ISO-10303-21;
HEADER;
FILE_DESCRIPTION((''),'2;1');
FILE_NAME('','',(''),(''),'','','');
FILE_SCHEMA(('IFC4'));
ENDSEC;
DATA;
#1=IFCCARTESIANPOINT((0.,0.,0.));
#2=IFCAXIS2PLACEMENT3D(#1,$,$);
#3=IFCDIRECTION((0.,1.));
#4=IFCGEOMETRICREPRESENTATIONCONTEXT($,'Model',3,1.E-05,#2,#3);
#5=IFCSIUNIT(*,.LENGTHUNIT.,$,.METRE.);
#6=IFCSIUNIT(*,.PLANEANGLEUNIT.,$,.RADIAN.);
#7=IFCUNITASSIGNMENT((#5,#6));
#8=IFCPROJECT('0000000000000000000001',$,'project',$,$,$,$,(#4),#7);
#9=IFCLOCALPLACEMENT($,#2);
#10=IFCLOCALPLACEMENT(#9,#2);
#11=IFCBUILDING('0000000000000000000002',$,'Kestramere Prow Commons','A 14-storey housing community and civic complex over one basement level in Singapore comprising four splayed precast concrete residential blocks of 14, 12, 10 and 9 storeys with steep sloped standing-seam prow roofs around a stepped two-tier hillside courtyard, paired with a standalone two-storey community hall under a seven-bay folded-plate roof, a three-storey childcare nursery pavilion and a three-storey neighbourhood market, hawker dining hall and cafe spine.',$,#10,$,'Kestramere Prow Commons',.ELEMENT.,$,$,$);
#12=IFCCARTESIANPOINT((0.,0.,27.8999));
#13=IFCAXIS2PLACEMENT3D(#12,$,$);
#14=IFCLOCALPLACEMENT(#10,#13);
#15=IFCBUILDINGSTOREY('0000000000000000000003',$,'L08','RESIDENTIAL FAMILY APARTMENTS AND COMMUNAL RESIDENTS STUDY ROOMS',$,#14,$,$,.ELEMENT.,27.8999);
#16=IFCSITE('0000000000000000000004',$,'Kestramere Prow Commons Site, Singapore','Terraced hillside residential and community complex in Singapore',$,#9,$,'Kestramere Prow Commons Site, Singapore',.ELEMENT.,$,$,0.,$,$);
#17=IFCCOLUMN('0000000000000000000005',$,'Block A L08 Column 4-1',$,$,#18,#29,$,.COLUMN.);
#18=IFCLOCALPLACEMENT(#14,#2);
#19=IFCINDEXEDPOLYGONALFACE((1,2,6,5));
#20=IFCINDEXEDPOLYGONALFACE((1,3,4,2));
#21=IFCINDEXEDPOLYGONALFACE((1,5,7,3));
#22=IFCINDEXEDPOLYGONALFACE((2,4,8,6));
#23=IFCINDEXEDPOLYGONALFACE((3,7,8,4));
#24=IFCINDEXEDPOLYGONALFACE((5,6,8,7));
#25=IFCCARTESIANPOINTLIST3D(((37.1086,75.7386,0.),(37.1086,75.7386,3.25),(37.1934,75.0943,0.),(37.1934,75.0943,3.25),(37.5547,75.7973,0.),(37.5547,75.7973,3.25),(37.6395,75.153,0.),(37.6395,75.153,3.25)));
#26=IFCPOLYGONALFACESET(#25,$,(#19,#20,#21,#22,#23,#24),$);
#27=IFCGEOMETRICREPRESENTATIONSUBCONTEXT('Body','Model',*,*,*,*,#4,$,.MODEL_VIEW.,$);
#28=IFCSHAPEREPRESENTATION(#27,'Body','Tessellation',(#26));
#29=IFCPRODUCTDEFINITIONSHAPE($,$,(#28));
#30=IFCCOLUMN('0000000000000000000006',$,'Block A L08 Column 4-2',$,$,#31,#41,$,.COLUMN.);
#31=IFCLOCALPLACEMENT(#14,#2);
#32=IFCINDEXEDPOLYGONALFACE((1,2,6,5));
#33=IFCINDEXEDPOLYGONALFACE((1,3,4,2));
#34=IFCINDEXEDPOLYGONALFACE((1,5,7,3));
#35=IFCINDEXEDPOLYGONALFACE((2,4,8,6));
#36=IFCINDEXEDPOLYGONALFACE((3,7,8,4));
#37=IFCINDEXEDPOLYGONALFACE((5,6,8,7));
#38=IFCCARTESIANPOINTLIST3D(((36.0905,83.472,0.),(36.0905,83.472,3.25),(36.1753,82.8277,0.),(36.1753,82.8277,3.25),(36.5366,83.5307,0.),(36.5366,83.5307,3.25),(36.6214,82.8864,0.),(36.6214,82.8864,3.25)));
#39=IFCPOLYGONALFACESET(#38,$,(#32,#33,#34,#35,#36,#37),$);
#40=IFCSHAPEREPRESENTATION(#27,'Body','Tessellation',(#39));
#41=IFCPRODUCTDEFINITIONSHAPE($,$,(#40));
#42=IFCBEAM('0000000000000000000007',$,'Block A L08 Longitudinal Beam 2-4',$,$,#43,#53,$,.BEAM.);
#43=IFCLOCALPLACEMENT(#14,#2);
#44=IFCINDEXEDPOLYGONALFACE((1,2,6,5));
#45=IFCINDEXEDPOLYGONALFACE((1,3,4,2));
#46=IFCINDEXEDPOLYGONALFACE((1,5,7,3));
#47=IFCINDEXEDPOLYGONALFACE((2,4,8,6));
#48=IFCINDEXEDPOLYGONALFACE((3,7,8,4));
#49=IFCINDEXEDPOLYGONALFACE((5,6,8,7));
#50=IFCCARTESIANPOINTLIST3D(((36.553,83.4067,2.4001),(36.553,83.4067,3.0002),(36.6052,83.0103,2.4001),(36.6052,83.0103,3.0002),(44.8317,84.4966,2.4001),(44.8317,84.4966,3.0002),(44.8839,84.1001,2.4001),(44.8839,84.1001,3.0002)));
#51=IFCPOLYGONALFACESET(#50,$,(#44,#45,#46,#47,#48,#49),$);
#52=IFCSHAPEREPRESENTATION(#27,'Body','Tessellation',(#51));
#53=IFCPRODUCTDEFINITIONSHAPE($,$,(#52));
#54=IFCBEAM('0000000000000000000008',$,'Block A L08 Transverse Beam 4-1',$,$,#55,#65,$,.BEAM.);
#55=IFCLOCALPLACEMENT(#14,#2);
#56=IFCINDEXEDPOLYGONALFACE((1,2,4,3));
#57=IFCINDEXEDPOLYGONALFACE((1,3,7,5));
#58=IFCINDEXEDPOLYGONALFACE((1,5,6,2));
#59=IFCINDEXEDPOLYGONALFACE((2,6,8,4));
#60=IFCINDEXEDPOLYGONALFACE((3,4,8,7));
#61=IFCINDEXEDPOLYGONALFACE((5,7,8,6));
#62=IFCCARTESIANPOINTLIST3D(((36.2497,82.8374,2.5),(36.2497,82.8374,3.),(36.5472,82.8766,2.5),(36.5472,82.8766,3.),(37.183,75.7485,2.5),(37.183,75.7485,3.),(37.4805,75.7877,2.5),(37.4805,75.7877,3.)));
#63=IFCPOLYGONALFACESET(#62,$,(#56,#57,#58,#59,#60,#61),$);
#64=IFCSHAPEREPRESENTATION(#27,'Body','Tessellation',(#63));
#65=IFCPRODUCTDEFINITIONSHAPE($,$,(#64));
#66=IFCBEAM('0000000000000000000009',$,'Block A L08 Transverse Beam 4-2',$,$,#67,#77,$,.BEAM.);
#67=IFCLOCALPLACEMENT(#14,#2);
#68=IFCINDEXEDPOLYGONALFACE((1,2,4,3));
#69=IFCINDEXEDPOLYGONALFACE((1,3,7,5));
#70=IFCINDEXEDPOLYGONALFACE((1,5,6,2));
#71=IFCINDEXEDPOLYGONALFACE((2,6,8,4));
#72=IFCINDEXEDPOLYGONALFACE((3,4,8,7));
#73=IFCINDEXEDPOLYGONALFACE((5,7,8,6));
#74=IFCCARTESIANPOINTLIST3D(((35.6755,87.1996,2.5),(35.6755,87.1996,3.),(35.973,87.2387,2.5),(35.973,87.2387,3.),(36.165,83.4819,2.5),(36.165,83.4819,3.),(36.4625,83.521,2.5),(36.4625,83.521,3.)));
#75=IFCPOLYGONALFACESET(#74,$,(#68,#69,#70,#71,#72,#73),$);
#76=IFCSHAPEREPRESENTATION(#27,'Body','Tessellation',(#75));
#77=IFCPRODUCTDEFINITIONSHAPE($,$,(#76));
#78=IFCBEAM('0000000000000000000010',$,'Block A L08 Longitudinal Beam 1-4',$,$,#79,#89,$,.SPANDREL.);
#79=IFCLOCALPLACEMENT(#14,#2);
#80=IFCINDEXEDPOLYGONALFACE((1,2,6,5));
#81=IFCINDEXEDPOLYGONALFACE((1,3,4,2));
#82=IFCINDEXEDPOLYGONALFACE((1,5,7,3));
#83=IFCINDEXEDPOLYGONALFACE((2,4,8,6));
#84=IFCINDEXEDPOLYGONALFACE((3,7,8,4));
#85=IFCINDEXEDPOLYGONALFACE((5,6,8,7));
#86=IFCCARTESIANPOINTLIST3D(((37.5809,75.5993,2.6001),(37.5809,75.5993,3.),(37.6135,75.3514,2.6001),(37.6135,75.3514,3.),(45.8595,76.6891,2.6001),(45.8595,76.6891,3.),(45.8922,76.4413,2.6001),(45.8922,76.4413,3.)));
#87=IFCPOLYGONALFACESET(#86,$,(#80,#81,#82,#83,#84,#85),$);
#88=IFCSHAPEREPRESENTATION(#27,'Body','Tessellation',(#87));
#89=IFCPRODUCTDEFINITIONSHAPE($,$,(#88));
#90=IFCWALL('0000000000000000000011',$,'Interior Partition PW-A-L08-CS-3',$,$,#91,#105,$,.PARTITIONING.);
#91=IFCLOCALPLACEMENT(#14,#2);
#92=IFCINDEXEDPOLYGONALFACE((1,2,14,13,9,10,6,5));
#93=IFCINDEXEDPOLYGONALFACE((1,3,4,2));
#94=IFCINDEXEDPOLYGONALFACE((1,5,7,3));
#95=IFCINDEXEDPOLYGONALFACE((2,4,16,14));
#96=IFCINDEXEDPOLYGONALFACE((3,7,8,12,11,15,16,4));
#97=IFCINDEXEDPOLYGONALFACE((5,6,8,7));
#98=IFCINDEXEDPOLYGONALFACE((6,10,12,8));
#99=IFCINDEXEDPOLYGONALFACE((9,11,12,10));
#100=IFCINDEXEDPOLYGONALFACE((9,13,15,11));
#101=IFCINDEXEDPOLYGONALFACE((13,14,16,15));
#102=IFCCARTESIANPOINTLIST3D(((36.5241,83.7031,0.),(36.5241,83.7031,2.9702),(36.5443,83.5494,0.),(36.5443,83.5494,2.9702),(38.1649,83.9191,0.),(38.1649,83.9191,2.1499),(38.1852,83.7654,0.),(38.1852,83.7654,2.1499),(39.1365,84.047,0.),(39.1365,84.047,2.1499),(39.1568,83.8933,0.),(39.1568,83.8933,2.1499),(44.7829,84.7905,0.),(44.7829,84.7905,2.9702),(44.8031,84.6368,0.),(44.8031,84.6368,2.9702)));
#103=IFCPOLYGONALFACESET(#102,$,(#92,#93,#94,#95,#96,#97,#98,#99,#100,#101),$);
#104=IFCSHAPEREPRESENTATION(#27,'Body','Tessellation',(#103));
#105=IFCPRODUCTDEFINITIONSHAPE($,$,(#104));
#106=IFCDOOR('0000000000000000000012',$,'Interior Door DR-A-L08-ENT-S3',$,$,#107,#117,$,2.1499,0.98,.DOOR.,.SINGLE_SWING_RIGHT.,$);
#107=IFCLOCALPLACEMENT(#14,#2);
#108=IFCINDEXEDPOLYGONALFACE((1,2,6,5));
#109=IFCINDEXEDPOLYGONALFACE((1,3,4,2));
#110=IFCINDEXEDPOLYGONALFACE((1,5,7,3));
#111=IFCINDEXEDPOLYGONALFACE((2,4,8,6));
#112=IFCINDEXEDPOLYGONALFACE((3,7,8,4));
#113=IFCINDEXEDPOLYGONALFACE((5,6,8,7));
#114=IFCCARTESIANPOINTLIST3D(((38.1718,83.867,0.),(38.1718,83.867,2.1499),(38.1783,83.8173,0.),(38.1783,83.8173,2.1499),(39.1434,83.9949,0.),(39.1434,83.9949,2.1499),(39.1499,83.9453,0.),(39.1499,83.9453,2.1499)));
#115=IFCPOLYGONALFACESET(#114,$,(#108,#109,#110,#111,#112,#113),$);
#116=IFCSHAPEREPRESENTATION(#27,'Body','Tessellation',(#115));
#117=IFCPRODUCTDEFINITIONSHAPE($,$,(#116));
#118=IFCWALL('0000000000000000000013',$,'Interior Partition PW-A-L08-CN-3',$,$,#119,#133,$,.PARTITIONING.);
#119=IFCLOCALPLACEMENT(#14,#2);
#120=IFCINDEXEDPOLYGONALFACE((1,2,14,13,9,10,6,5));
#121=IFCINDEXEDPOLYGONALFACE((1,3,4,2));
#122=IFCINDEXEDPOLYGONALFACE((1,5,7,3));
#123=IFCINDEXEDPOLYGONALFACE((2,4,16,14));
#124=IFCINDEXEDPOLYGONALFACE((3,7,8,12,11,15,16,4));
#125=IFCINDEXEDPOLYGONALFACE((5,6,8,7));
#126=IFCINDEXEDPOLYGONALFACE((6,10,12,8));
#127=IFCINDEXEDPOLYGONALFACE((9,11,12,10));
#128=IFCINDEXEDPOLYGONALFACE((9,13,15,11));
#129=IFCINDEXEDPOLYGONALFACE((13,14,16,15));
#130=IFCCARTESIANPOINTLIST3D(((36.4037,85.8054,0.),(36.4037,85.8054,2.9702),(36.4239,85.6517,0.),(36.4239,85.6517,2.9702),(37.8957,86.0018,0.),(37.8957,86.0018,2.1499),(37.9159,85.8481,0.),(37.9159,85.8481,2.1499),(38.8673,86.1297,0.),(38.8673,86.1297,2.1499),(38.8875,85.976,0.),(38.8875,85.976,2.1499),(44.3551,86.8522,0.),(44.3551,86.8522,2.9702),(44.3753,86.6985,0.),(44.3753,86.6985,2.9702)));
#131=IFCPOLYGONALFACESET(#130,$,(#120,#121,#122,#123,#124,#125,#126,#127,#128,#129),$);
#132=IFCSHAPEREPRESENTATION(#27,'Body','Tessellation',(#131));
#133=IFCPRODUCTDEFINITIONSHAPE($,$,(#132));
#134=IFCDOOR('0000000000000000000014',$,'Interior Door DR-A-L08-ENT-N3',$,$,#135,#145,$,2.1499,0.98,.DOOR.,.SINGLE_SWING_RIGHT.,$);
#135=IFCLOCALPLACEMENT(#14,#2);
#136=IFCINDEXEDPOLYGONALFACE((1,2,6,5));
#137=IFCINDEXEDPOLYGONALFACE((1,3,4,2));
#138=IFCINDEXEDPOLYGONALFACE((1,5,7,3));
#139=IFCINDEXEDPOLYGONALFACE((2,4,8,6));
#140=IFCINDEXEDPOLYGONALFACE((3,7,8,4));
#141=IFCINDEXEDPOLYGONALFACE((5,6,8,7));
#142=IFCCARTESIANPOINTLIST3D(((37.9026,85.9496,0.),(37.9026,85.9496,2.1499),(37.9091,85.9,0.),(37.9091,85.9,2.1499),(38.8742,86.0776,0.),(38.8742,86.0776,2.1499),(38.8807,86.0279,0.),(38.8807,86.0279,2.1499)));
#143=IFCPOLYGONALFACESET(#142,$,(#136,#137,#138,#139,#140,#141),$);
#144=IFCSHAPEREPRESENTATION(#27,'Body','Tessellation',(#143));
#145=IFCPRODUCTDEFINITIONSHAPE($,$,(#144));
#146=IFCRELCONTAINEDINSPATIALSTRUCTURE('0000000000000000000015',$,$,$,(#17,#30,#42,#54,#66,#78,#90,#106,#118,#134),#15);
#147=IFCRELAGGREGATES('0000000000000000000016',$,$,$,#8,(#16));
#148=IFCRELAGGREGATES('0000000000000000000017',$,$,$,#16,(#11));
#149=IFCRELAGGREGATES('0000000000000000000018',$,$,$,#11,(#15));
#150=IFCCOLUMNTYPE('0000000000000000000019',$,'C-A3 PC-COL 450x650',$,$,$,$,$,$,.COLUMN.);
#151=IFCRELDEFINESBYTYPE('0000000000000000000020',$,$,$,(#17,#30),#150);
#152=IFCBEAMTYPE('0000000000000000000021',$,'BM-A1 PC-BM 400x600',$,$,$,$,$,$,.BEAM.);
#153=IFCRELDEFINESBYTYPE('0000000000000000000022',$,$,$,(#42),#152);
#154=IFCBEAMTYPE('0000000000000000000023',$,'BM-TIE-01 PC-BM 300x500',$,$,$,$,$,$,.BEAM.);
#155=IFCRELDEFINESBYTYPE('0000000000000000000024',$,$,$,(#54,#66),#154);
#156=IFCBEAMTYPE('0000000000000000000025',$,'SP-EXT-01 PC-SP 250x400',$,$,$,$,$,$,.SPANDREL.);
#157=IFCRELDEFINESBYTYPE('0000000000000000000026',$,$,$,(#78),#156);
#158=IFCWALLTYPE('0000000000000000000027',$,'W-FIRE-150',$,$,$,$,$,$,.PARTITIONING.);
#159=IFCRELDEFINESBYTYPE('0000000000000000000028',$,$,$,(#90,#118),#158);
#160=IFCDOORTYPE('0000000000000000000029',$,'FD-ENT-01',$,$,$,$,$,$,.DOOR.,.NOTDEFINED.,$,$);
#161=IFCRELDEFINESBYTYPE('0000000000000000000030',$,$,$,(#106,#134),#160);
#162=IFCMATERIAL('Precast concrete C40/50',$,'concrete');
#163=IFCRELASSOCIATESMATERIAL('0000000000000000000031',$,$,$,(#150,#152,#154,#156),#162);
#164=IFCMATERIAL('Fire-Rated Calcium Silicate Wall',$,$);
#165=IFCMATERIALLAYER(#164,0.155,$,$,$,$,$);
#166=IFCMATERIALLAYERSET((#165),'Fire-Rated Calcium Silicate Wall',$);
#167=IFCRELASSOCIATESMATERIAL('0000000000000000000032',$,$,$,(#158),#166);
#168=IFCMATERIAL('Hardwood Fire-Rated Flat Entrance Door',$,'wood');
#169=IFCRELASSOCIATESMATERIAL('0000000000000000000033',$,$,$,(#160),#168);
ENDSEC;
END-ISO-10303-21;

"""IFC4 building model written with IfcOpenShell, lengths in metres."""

from ifc_helpers import new_model, si_unit, direction, frame, frame_2d, origin, origin_2d, place, context, subcontext, project, spatial, rectangle, extrude, material, layer, layer_set, material_profile, profile_set, type_object, element, fill, save


model = new_model("IFC4")

# Units and contexts
model_context = context("Model", 3, precision=1e-05, world=origin(), true_north=direction((0.0, 1.0)))
body_context = subcontext(model_context, "Body", "Model", "MODEL_VIEW")
ifc_project = project(units=[si_unit("LENGTHUNIT", "METRE"), si_unit("PLANEANGLEUNIT", "RADIAN")], contexts=[model_context])

# Site, building, storey
site_placement = place(None, origin())
site = spatial("IfcSite", under=ifc_project, at=site_placement, Name="Kestramere Prow Commons Site, Singapore", Description="Terraced hillside residential and community complex in Singapore", LongName="Kestramere Prow Commons Site, Singapore", CompositionType="ELEMENT", RefElevation=0.0)
building_placement = place(site_placement, origin())
building = spatial("IfcBuilding", under=site, at=building_placement, Name="Kestramere Prow Commons", Description="A 14-storey housing community and civic complex over one basement level in Singapore comprising four splayed precast concrete residential blocks of 14, 12, 10 and 9 storeys with steep sloped standing-seam prow roofs around a stepped two-tier hillside courtyard, paired with a standalone two-storey community hall under a seven-bay folded-plate roof, a three-storey childcare nursery pavilion and a three-storey neighbourhood market, hawker dining hall and cafe spine.", LongName="Kestramere Prow Commons", CompositionType="ELEMENT")
storey_placement = place(building_placement, frame((0.0, 0.0, 27.8999)))
storey = spatial("IfcBuildingStorey", under=building, at=storey_placement, Name="L08", Description="RESIDENTIAL FAMILY APARTMENTS AND COMMUNAL RESIDENTS STUDY ROOMS", CompositionType="ELEMENT", Elevation=27.8999)

# Columns
ifc_material_1 = material(Name="Precast concrete C40/50", Category="concrete")
ifc_material_profile_1 = material_profile(ifc_material_1, rectangle(XDim=0.45, YDim=0.6499, at=origin_2d()), Name="PC-COL 450x650")
ifc_profile_set_1 = profile_set([ifc_material_profile_1], Name="Precast concrete C40/50")
column_type = type_object("IfcColumnType", Name="C-A3 PC-COL 450x650", PredefinedType="COLUMN", material=ifc_profile_set_1)
for number, where, z_axis, x_axis, name in (
    (1, (37.374, 75.4458, 0.0), (0.0, 0.0, 1.0), (0.991445, 0.130526, 0.0), "Block A L08 Column 4-1"),
    (2, (36.356, 83.1792, 0.0), (0.0, 0.0, 1.0), (0.991445, 0.130526, 0.0), "Block A L08 Column 4-2"),
):
    element("IfcColumn", number, at=place(storey_placement, frame(where, z_axis=z_axis, x_axis=x_axis)), inside=storey, type_object=column_type, Name=name, PredefinedType="COLUMN", context=body_context, shape_type="SweptSolid", body=[
        extrude(rectangle(XDim=0.45, YDim=0.6499, at=origin_2d()), origin(), (0.0, 0.0, 1.0), 3.25),
    ])

# Beams
ifc_material_profile_2 = material_profile(ifc_material_1, rectangle(XDim=0.3999, YDim=0.6001, at=origin_2d()), Name="PC-BM 400x600")
ifc_profile_set_2 = profile_set([ifc_material_profile_2], Name="Precast concrete C40/50")
beam_type_1 = type_object("IfcBeamType", Name="BM-A1 PC-BM 400x600", PredefinedType="BEAM", material=ifc_profile_set_2)
beam_1_placement = place(storey_placement, frame((36.5791, 83.2085, 2.7002), z_axis=(0.991446, 0.13052, 0.0), x_axis=(-0.13052, 0.991446, 0.0)))
element("IfcBeam", 3, at=beam_1_placement, inside=storey, type_object=beam_type_1, Name="Block A L08 Longitudinal Beam 2-4", PredefinedType="BEAM", context=body_context, shape_type="SweptSolid", body=[
    extrude(rectangle(XDim=0.3999, YDim=0.6001, at=origin_2d()), origin(), (0.0, 0.0, 1.0), 8.3501),
])
ifc_material_profile_3 = material_profile(ifc_material_1, rectangle(XDim=0.3, YDim=0.5, at=origin_2d()), Name="PC-BM 300x500")
ifc_profile_set_3 = profile_set([ifc_material_profile_3], Name="Precast concrete C40/50")
beam_type_2 = type_object("IfcBeamType", Name="BM-TIE-01 PC-BM 300x500", PredefinedType="BEAM", material=ifc_profile_set_3)
beam_2_placement = place(storey_placement, frame((37.3318, 75.7681, 2.75), z_axis=(-0.130538, 0.991443, 0.0), x_axis=(-0.991443, -0.130538, 0.0)))
element("IfcBeam", 4, at=beam_2_placement, inside=storey, type_object=beam_type_2, Name="Block A L08 Transverse Beam 4-1", PredefinedType="BEAM", context=body_context, shape_type="SweptSolid", body=[
    extrude(rectangle(XDim=0.3, YDim=0.5, at=origin_2d()), origin(), (0.0, 0.0, 1.0), 7.1501),
])
beam_3_placement = place(storey_placement, frame((36.3137, 83.5015, 2.75), z_axis=(-0.130539, 0.991443, 0.0), x_axis=(-0.991443, -0.130539, 0.0)))
element("IfcBeam", 5, at=beam_3_placement, inside=storey, type_object=beam_type_2, Name="Block A L08 Transverse Beam 4-2", PredefinedType="BEAM", context=body_context, shape_type="SweptSolid", body=[
    extrude(rectangle(XDim=0.3, YDim=0.5, at=origin_2d()), origin(), (0.0, 0.0, 1.0), 3.7498),
])
ifc_material_profile_4 = material_profile(ifc_material_1, rectangle(XDim=0.25, YDim=0.3999, at=origin_2d()), Name="PC-SP 250x400")
ifc_profile_set_4 = profile_set([ifc_material_profile_4], Name="Precast concrete C40/50")
beam_type_3 = type_object("IfcBeamType", Name="SP-EXT-01 PC-SP 250x400", PredefinedType="SPANDREL", material=ifc_profile_set_4)
beam_4_placement = place(storey_placement, frame((37.5972, 75.4753, 2.8), z_axis=(0.991446, 0.13052, 0.0), x_axis=(-0.13052, 0.991446, 0.0)))
element("IfcBeam", 6, at=beam_4_placement, inside=storey, type_object=beam_type_3, Name="Block A L08 Longitudinal Beam 1-4", PredefinedType="SPANDREL", context=body_context, shape_type="SweptSolid", body=[
    extrude(rectangle(XDim=0.25, YDim=0.3999, at=origin_2d()), origin(), (0.0, 0.0, 1.0), 8.3501),
])

# Walls, openings, doors
ifc_material_2 = material(Name="Fire-Rated Calcium Silicate Wall")
ifc_layer_1 = layer(ifc_material_2, 0.155)
ifc_layer_set_1 = layer_set([ifc_layer_1], Name="Fire-Rated Calcium Silicate Wall")
wall_type_1 = type_object("IfcWallType", Name="W-FIRE-150", PredefinedType="PARTITIONING", material=ifc_layer_set_1)
wall_1_placement = place(storey_placement, frame((36.5342, 83.6262, 0.0), z_axis=(0.0, 0.0, 1.0), x_axis=(0.991443, 0.130539, 0.0)))
wall_1 = element("IfcWall", 7, at=wall_1_placement, inside=storey, type_object=wall_type_1, Name="Interior Partition PW-A-L08-CS-3", PredefinedType="PARTITIONING", context=body_context, shape_type="SweptSolid", body=[
    extrude(rectangle(XDim=8.3301, YDim=0.155, at=frame_2d((4.165, 0.0))), origin(), (0.0, 0.0, 1.0), 2.9702),
])
opening_1_placement = place(wall_1_placement, frame((1.655, 0.0, 0.0)))
opening_1 = element("IfcOpeningElement", 8, at=opening_1_placement, cuts=wall_1, PredefinedType="OPENING", context=body_context, shape_type="SweptSolid", body=[
    extrude(rectangle(XDim=0.98, YDim=2.1499, at=frame_2d((0.49, 1.075))), frame((0.0, 0.0925, 0.0), z_axis=(0.0, -1.0, 0.0), x_axis=(1.0, 0.0, 0.0)), (0.0, 0.0, 1.0), 0.1851),
])
ifc_material_3 = material(Name="Hardwood Fire-Rated Flat Entrance Door", Category="wood")
door_type_1 = type_object("IfcDoorType", Name="FD-ENT-01", OperationType="NOTDEFINED", PredefinedType="DOOR", material=ifc_material_3)
door_1_placement = place(opening_1_placement, origin())
door_1 = element("IfcDoor", 9, at=door_1_placement, inside=storey, type_object=door_type_1, Name="Interior Door DR-A-L08-ENT-S3", OperationType="SINGLE_SWING_RIGHT", OverallHeight=2.1499, OverallWidth=0.98, PredefinedType="DOOR", context=body_context, shape_type="SweptSolid", body=[
    extrude(rectangle(XDim=0.98, YDim=2.1499, at=frame_2d((0.49, 1.075))), frame((0.0, 0.0249, 0.0), z_axis=(0.0, -1.0, 0.0), x_axis=(1.0, 0.0, 0.0)), (0.0, 0.0, 1.0), 0.05),
])
fill(opening_1, door_1)
wall_2_placement = place(storey_placement, frame((36.4138, 85.7285, 0.0), z_axis=(0.0, 0.0, 1.0), x_axis=(0.991444, 0.130532, 0.0)))
wall_2 = element("IfcWall", 10, at=wall_2_placement, inside=storey, type_object=wall_type_1, Name="Interior Partition PW-A-L08-CN-3", PredefinedType="PARTITIONING", context=body_context, shape_type="SweptSolid", body=[
    extrude(rectangle(XDim=8.02, YDim=0.155, at=frame_2d((4.01, 0.0))), origin(), (0.0, 0.0, 1.0), 2.9702),
])
opening_2_placement = place(wall_2_placement, frame((1.5049, 0.0, 0.0)))
opening_2 = element("IfcOpeningElement", 11, at=opening_2_placement, cuts=wall_2, PredefinedType="OPENING", context=body_context, shape_type="SweptSolid", body=[
    extrude(rectangle(XDim=0.98, YDim=2.1499, at=frame_2d((0.49, 1.075))), frame((0.0, 0.0925, 0.0), z_axis=(0.0, -1.0, 0.0), x_axis=(1.0, 0.0, 0.0)), (0.0, 0.0, 1.0), 0.1851),
])
door_2_placement = place(opening_2_placement, origin())
door_2 = element("IfcDoor", 12, at=door_2_placement, inside=storey, type_object=door_type_1, Name="Interior Door DR-A-L08-ENT-N3", OperationType="SINGLE_SWING_RIGHT", OverallHeight=2.1499, OverallWidth=0.98, PredefinedType="DOOR", context=body_context, shape_type="SweptSolid", body=[
    extrude(rectangle(XDim=0.98, YDim=2.1499, at=frame_2d((0.49, 1.075))), frame((0.0, 0.0249, 0.0), z_axis=(0.0, -1.0, 0.0), x_axis=(1.0, 0.0, 0.0)), (0.0, 0.0, 1.0), 0.05),
])
fill(opening_2, door_2)

save(model, "model.ifc")
